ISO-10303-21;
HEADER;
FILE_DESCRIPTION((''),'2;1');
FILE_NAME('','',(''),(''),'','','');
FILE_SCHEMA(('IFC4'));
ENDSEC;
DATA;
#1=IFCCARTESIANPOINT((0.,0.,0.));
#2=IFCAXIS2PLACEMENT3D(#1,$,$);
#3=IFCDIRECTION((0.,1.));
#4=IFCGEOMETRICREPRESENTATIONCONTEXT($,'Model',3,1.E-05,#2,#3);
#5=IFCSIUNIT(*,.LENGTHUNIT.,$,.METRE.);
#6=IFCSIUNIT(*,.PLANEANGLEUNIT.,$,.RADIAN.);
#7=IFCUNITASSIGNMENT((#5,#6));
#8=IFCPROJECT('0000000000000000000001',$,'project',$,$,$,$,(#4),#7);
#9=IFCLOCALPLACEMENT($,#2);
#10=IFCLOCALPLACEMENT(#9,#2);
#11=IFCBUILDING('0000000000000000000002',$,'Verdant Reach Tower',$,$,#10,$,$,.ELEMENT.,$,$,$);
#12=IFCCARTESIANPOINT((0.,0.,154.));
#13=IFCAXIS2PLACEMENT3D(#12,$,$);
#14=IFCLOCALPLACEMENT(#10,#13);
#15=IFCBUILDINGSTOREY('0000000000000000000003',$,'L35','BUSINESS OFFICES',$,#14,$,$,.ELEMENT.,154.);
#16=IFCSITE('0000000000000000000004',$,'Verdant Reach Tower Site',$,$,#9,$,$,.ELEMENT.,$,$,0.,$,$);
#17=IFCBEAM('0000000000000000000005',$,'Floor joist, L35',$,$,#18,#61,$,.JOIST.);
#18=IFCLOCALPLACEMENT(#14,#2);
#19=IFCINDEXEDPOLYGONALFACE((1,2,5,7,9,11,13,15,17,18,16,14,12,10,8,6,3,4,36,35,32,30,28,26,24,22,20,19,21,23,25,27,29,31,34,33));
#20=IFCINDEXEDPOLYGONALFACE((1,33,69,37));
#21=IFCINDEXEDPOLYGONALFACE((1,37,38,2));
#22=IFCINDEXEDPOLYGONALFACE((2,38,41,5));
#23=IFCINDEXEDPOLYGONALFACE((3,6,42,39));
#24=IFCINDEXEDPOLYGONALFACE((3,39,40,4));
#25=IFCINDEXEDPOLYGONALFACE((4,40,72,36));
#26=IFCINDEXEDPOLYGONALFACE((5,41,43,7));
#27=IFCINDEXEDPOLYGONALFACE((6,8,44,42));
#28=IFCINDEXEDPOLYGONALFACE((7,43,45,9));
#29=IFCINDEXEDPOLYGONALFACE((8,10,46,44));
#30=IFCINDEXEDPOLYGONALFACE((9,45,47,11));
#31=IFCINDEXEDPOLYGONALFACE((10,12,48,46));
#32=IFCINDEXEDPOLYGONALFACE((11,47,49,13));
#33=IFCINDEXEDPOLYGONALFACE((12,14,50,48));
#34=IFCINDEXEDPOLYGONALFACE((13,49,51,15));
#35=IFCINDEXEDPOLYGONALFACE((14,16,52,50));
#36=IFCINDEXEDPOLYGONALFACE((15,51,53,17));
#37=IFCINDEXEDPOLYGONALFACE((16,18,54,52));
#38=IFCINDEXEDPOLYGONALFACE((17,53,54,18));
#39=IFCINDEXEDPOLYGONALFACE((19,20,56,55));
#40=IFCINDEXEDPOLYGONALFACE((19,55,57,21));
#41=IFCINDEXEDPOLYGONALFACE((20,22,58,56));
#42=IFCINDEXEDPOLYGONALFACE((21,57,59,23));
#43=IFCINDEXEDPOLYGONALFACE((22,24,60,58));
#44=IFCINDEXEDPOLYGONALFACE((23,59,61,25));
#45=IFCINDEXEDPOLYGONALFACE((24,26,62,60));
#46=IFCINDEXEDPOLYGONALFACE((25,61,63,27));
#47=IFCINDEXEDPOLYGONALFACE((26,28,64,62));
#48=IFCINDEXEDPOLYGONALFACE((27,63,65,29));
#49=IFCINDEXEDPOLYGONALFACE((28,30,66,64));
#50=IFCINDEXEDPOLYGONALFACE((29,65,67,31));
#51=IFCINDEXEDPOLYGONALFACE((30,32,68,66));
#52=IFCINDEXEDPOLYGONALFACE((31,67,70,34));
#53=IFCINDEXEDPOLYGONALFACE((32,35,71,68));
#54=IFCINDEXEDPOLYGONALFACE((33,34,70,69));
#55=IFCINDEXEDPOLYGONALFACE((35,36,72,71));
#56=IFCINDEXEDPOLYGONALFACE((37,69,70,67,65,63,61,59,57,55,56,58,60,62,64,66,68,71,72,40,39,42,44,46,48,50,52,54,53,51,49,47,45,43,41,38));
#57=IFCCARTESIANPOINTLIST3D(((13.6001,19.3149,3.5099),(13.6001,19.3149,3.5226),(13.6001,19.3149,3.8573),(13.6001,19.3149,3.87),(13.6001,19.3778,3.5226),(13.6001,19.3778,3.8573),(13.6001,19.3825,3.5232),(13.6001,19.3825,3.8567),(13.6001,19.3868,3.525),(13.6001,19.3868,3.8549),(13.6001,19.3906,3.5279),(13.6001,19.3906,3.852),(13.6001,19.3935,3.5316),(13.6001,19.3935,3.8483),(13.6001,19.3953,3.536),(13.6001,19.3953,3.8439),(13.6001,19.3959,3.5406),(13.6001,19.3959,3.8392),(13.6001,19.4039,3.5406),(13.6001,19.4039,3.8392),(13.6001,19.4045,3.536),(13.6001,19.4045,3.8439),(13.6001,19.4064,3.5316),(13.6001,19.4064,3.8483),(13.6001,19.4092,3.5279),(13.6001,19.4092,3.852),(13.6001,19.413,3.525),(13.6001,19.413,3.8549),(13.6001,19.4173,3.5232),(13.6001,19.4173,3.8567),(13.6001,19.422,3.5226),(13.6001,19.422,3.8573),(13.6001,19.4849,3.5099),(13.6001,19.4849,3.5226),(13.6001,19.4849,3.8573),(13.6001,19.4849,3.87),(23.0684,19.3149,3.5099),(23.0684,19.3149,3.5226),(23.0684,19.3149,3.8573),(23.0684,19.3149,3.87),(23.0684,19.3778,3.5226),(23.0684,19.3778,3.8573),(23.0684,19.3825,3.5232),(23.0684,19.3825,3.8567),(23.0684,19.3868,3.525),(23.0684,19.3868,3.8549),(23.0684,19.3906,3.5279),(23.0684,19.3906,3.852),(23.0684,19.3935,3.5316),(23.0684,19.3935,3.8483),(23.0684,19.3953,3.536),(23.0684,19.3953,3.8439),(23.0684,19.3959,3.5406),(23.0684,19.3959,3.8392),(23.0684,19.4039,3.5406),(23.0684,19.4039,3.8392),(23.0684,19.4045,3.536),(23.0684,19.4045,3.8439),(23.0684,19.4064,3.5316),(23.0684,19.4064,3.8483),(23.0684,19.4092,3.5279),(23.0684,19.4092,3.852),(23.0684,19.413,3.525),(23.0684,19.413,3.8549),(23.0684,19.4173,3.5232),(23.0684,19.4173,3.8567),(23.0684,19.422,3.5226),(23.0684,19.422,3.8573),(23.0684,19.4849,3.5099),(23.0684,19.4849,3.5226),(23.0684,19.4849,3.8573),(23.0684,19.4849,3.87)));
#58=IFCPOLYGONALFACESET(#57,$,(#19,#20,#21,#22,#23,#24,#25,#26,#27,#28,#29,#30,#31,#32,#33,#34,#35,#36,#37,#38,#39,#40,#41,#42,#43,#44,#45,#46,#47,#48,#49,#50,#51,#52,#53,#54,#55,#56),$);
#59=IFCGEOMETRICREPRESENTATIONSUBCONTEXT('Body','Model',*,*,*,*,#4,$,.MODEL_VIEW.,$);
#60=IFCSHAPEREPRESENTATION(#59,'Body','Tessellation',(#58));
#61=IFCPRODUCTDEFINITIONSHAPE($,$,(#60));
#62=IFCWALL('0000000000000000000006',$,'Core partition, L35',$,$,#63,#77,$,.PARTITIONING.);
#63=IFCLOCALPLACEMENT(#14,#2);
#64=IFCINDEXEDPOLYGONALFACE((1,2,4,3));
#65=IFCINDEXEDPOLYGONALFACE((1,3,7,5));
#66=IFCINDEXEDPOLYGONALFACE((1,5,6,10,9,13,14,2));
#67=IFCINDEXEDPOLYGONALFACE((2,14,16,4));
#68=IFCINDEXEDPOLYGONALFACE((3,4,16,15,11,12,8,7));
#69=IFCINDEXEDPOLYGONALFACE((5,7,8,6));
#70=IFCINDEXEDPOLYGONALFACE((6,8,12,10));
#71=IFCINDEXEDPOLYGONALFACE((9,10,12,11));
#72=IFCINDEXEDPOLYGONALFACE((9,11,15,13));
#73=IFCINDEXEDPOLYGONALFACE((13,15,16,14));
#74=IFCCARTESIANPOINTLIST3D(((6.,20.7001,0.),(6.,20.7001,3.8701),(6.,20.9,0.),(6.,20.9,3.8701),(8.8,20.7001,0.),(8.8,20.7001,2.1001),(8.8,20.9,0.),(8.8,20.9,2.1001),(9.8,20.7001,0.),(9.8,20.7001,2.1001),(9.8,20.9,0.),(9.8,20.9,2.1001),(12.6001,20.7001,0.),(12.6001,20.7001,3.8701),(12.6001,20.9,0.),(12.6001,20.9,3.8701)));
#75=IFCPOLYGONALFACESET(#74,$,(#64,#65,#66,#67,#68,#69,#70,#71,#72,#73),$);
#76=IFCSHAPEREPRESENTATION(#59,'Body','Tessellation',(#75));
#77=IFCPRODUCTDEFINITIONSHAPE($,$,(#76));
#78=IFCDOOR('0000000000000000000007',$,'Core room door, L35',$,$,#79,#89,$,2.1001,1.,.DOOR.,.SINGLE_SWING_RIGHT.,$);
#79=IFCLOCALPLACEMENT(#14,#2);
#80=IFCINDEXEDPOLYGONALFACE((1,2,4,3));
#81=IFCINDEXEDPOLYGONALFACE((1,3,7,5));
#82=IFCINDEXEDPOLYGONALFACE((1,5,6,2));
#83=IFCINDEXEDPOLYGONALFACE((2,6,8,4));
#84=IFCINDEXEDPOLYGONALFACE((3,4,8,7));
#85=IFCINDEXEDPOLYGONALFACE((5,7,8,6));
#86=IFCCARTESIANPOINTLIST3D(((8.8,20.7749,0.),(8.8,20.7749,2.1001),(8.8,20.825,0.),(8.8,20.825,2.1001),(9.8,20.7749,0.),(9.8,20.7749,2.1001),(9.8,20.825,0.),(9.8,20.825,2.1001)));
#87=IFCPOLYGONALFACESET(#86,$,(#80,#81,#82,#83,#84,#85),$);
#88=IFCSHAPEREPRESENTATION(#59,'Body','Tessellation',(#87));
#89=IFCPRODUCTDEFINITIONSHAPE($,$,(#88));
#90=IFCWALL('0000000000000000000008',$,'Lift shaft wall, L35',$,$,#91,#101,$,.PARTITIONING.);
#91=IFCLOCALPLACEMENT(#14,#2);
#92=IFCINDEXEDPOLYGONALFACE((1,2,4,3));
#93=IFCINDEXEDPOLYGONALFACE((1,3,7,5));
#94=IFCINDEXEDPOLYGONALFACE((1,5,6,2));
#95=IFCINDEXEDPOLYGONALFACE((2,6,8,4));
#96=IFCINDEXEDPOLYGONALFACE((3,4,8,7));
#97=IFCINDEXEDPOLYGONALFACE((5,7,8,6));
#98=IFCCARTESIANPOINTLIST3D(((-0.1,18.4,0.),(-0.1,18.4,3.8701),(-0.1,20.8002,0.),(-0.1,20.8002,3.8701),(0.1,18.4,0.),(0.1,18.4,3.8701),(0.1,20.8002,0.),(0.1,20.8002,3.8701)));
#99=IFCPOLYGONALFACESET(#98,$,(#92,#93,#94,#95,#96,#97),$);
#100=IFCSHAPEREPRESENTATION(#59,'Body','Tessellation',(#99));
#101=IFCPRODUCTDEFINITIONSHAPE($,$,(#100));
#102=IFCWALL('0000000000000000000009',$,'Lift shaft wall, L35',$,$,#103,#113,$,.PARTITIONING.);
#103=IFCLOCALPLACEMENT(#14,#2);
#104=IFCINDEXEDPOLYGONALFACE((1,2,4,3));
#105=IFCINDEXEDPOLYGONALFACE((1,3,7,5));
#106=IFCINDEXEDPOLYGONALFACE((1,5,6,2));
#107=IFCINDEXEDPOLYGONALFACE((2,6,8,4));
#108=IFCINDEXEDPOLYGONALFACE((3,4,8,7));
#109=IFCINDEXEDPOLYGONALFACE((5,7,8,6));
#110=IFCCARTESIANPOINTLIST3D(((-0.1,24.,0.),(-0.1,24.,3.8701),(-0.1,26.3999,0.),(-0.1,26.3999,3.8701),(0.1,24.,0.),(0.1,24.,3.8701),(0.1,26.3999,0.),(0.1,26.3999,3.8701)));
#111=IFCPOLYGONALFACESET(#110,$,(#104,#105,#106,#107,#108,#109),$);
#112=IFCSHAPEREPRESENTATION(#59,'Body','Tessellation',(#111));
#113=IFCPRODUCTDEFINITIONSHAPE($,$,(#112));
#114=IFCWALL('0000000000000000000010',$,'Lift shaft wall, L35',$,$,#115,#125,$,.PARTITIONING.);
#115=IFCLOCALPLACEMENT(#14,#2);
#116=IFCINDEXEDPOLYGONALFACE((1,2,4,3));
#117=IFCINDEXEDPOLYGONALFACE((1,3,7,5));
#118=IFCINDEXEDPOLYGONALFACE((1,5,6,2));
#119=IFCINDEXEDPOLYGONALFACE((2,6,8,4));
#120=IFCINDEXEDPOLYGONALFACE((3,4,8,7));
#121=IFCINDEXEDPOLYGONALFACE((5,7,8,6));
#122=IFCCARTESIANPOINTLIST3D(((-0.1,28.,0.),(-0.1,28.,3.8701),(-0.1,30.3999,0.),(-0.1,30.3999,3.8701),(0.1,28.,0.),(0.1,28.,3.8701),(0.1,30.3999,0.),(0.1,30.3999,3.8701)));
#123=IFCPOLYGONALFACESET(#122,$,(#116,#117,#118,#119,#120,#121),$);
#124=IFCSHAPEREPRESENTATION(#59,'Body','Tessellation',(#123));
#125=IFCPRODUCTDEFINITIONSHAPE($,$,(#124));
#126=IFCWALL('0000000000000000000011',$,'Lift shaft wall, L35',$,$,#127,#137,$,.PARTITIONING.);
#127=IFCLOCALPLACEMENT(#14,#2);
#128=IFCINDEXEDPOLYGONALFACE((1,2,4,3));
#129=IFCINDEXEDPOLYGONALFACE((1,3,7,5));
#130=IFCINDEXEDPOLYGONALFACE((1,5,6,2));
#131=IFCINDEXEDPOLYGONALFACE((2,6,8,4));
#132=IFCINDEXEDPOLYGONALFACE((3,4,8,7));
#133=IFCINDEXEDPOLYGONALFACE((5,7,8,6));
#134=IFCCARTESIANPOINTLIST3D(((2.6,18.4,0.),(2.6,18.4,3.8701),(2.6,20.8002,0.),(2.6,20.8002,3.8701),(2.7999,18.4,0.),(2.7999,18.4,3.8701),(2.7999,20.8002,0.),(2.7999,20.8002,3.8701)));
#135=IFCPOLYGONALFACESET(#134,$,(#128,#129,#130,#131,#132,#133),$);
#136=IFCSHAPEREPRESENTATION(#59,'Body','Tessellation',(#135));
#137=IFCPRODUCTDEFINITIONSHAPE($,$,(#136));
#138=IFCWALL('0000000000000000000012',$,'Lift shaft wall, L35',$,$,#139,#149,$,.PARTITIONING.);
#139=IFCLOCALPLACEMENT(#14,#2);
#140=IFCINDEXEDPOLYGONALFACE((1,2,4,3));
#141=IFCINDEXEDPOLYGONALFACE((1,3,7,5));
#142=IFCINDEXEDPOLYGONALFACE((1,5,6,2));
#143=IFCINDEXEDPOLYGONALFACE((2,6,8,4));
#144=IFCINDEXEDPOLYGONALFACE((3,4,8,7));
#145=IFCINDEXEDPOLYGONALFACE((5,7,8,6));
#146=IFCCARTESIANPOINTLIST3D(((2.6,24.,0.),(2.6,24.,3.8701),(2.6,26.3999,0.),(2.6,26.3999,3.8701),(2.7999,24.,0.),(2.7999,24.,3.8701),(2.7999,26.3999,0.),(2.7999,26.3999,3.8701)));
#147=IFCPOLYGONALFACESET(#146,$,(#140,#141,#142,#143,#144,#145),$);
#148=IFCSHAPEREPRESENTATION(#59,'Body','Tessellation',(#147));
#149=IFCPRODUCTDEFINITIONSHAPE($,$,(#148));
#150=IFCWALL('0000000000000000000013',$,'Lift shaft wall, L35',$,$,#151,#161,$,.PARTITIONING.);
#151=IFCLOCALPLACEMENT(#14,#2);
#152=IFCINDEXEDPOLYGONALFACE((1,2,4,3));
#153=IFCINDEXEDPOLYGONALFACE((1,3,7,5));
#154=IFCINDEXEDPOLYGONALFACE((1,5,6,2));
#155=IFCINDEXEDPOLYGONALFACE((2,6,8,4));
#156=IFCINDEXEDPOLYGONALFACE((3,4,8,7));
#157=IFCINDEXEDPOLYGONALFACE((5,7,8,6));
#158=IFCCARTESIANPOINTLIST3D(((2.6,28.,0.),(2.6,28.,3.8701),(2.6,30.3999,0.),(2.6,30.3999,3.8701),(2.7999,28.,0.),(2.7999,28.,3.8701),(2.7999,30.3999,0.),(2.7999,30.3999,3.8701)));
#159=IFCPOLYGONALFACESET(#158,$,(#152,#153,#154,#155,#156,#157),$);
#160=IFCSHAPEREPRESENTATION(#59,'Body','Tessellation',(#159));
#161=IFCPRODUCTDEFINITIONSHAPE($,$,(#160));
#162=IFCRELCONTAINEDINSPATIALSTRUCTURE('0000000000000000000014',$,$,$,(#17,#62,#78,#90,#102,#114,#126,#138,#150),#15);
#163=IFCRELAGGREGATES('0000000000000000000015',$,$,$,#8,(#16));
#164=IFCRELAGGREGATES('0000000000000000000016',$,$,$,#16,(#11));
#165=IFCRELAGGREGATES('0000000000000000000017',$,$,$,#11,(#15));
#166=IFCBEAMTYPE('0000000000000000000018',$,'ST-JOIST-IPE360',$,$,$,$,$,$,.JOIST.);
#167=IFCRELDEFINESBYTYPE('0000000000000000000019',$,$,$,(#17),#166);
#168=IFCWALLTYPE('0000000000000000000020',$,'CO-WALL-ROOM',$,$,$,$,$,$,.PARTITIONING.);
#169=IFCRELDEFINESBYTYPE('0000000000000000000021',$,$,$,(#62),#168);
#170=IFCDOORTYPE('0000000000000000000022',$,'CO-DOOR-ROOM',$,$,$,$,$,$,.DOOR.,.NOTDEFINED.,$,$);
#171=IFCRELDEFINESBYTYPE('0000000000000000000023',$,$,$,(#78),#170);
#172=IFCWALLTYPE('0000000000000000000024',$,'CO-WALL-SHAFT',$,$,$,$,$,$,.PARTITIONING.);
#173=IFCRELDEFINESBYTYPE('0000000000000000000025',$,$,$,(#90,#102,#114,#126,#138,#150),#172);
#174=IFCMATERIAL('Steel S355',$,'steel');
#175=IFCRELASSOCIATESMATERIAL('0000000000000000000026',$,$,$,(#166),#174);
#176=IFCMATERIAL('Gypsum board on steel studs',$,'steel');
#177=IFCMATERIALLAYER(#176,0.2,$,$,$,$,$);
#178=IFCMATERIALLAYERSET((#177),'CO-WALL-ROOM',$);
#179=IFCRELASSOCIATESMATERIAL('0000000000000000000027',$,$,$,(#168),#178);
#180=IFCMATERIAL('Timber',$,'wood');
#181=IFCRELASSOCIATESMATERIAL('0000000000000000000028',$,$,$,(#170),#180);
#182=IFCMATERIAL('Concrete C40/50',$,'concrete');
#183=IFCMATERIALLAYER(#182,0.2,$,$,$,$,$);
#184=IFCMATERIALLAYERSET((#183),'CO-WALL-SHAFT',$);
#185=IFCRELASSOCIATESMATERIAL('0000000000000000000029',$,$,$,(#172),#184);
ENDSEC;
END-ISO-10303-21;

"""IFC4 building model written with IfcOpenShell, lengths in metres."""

from ifc_helpers import new_model, si_unit, direction, frame, frame_2d, origin, origin_2d, place, context, subcontext, project, spatial, rectangle, i_section, extrude, material, layer, layer_set, material_profile, profile_set, type_object, element, fill, save


model = new_model("IFC4")

# Units and contexts
model_context = context("Model", 3, precision=1e-05, world=origin(), true_north=direction((0.0, 1.0)))
body_context = subcontext(model_context, "Body", "Model", "MODEL_VIEW")
ifc_project = project(units=[si_unit("LENGTHUNIT", "METRE"), si_unit("PLANEANGLEUNIT", "RADIAN")], contexts=[model_context])

# Site, building, storey
site_placement = place(None, origin())
site = spatial("IfcSite", under=ifc_project, at=site_placement, Name="Verdant Reach Tower Site", CompositionType="ELEMENT", RefElevation=0.0)
building_placement = place(site_placement, origin())
building = spatial("IfcBuilding", under=site, at=building_placement, Name="Verdant Reach Tower", CompositionType="ELEMENT")
storey_placement = place(building_placement, frame((0.0, 0.0, 154.0)))
storey = spatial("IfcBuildingStorey", under=building, at=storey_placement, Name="L35", Description="BUSINESS OFFICES", CompositionType="ELEMENT", Elevation=154.0)

# Beam
ifc_material_1 = material(Name="Steel S355", Category="steel")
ifc_material_profile = material_profile(ifc_material_1, i_section(OverallWidth=0.1699, OverallDepth=0.3601, WebThickness=0.0081, FlangeThickness=0.0127, FilletRadius=0.0181, at=origin_2d()), Name="IPE 360")
ifc_profile_set = profile_set([ifc_material_profile], Name="Steel S355")
beam_type = type_object("IfcBeamType", Name="ST-JOIST-IPE360", PredefinedType="JOIST", material=ifc_profile_set)
beam_placement = place(storey_placement, frame((13.6001, 19.3999, 3.6899), z_axis=(1.0, 0.0, 0.0), x_axis=(0.0, 1.0, 0.0)))
element("IfcBeam", 1, at=beam_placement, inside=storey, type_object=beam_type, Name="Floor joist, L35", PredefinedType="JOIST", context=body_context, shape_type="SweptSolid", body=[
    extrude(i_section(OverallWidth=0.1699, OverallDepth=0.3601, WebThickness=0.0081, FlangeThickness=0.0127, FilletRadius=0.0181, at=origin_2d()), origin(), (0.0, 0.0, 1.0), 9.4683),
])

# Wall, opening, door
ifc_material_2 = material(Name="Gypsum board on steel studs", Category="steel")
ifc_layer_1 = layer(ifc_material_2, 0.2)
ifc_layer_set_1 = layer_set([ifc_layer_1], Name="CO-WALL-ROOM")
wall_type_1 = type_object("IfcWallType", Name="CO-WALL-ROOM", PredefinedType="PARTITIONING", material=ifc_layer_set_1)
wall_1_placement = place(storey_placement, frame((6.0, 20.8, 0.0), z_axis=(0.0, 0.0, 1.0), x_axis=(1.0, 0.0, 0.0)))
wall_1 = element("IfcWall", 2, at=wall_1_placement, inside=storey, type_object=wall_type_1, Name="Core partition, L35", PredefinedType="PARTITIONING", context=body_context, shape_type="SweptSolid", body=[
    extrude(rectangle(XDim=6.6001, YDim=0.2, at=frame_2d((3.3, 0.0))), origin(), (0.0, 0.0, 1.0), 3.8701),
])
opening_1_placement = place(wall_1_placement, frame((2.8, 0.0, 0.0)))
opening_1 = element("IfcOpeningElement", 3, at=opening_1_placement, cuts=wall_1, PredefinedType="OPENING", context=body_context, shape_type="SweptSolid", body=[
    extrude(rectangle(XDim=1.0, YDim=2.1001, at=frame_2d((0.5, 1.05))), frame((0.0, 0.1099, 0.0), z_axis=(0.0, -1.0, 0.0), x_axis=(1.0, 0.0, 0.0)), (0.0, 0.0, 1.0), 0.22),
])
ifc_material_3 = material(Name="Timber", Category="wood")
door_type_1 = type_object("IfcDoorType", Name="CO-DOOR-ROOM", OperationType="NOTDEFINED", PredefinedType="DOOR", material=ifc_material_3)
door_1_placement = place(opening_1_placement, origin())
door_1 = element("IfcDoor", 4, at=door_1_placement, inside=storey, type_object=door_type_1, Name="Core room door, L35", OperationType="SINGLE_SWING_RIGHT", OverallHeight=2.1001, OverallWidth=1.0, PredefinedType="DOOR", context=body_context, shape_type="SweptSolid", body=[
    extrude(rectangle(XDim=1.0, YDim=2.1001, at=frame_2d((0.5, 1.05))), frame((0.0, 0.0249, 0.0), z_axis=(0.0, -1.0, 0.0), x_axis=(1.0, 0.0, 0.0)), (0.0, 0.0, 1.0), 0.05),
])
fill(opening_1, door_1)

# Walls
ifc_material_4 = material(Name="Concrete C40/50", Category="concrete")
ifc_layer_2 = layer(ifc_material_4, 0.2)
ifc_layer_set_2 = layer_set([ifc_layer_2], Name="CO-WALL-SHAFT")
wall_type_2 = type_object("IfcWallType", Name="CO-WALL-SHAFT", PredefinedType="PARTITIONING", material=ifc_layer_set_2)
wall_2_placement = place(storey_placement, frame((0.0, 18.3999, 0.0), z_axis=(0.0, 0.0, 1.0), x_axis=(0.0, 1.0, 0.0)))
element("IfcWall", 5, at=wall_2_placement, inside=storey, type_object=wall_type_2, Name="Lift shaft wall, L35", PredefinedType="PARTITIONING", context=body_context, shape_type="SweptSolid", body=[
    extrude(rectangle(XDim=2.4001, YDim=0.2, at=frame_2d((1.2002, 0.0))), origin(), (0.0, 0.0, 1.0), 3.8701),
])
for number, where, z_axis, x_axis, name in (
    (6, (0.0, 24.0, 0.0), (0.0, 0.0, 1.0), (0.0, 1.0, 0.0), "Lift shaft wall, L35"),
    (7, (0.0, 28.0, 0.0), (0.0, 0.0, 1.0), (0.0, 1.0, 0.0), "Lift shaft wall, L35"),
):
    element("IfcWall", number, at=place(storey_placement, frame(where, z_axis=z_axis, x_axis=x_axis)), inside=storey, type_object=wall_type_2, Name=name, PredefinedType="PARTITIONING", context=body_context, shape_type="SweptSolid", body=[
        extrude(rectangle(XDim=2.3999, YDim=0.2, at=frame_2d((1.2, 0.0))), origin(), (0.0, 0.0, 1.0), 3.8701),
    ])
wall_3_placement = place(storey_placement, frame((2.7, 18.3999, 0.0), z_axis=(0.0, 0.0, 1.0), x_axis=(0.0, 1.0, 0.0)))
element("IfcWall", 8, at=wall_3_placement, inside=storey, type_object=wall_type_2, Name="Lift shaft wall, L35", PredefinedType="PARTITIONING", context=body_context, shape_type="SweptSolid", body=[
    extrude(rectangle(XDim=2.4001, YDim=0.2, at=frame_2d((1.2002, 0.0))), origin(), (0.0, 0.0, 1.0), 3.8701),
])
for number, where, z_axis, x_axis, name in (
    (9, (2.7, 24.0, 0.0), (0.0, 0.0, 1.0), (0.0, 1.0, 0.0), "Lift shaft wall, L35"),
    (10, (2.7, 28.0, 0.0), (0.0, 0.0, 1.0), (0.0, 1.0, 0.0), "Lift shaft wall, L35"),
):
    element("IfcWall", number, at=place(storey_placement, frame(where, z_axis=z_axis, x_axis=x_axis)), inside=storey, type_object=wall_type_2, Name=name, PredefinedType="PARTITIONING", context=body_context, shape_type="SweptSolid", body=[
        extrude(rectangle(XDim=2.3999, YDim=0.2, at=frame_2d((1.2, 0.0))), origin(), (0.0, 0.0, 1.0), 3.8701),
    ])

save(model, "model.ifc")
